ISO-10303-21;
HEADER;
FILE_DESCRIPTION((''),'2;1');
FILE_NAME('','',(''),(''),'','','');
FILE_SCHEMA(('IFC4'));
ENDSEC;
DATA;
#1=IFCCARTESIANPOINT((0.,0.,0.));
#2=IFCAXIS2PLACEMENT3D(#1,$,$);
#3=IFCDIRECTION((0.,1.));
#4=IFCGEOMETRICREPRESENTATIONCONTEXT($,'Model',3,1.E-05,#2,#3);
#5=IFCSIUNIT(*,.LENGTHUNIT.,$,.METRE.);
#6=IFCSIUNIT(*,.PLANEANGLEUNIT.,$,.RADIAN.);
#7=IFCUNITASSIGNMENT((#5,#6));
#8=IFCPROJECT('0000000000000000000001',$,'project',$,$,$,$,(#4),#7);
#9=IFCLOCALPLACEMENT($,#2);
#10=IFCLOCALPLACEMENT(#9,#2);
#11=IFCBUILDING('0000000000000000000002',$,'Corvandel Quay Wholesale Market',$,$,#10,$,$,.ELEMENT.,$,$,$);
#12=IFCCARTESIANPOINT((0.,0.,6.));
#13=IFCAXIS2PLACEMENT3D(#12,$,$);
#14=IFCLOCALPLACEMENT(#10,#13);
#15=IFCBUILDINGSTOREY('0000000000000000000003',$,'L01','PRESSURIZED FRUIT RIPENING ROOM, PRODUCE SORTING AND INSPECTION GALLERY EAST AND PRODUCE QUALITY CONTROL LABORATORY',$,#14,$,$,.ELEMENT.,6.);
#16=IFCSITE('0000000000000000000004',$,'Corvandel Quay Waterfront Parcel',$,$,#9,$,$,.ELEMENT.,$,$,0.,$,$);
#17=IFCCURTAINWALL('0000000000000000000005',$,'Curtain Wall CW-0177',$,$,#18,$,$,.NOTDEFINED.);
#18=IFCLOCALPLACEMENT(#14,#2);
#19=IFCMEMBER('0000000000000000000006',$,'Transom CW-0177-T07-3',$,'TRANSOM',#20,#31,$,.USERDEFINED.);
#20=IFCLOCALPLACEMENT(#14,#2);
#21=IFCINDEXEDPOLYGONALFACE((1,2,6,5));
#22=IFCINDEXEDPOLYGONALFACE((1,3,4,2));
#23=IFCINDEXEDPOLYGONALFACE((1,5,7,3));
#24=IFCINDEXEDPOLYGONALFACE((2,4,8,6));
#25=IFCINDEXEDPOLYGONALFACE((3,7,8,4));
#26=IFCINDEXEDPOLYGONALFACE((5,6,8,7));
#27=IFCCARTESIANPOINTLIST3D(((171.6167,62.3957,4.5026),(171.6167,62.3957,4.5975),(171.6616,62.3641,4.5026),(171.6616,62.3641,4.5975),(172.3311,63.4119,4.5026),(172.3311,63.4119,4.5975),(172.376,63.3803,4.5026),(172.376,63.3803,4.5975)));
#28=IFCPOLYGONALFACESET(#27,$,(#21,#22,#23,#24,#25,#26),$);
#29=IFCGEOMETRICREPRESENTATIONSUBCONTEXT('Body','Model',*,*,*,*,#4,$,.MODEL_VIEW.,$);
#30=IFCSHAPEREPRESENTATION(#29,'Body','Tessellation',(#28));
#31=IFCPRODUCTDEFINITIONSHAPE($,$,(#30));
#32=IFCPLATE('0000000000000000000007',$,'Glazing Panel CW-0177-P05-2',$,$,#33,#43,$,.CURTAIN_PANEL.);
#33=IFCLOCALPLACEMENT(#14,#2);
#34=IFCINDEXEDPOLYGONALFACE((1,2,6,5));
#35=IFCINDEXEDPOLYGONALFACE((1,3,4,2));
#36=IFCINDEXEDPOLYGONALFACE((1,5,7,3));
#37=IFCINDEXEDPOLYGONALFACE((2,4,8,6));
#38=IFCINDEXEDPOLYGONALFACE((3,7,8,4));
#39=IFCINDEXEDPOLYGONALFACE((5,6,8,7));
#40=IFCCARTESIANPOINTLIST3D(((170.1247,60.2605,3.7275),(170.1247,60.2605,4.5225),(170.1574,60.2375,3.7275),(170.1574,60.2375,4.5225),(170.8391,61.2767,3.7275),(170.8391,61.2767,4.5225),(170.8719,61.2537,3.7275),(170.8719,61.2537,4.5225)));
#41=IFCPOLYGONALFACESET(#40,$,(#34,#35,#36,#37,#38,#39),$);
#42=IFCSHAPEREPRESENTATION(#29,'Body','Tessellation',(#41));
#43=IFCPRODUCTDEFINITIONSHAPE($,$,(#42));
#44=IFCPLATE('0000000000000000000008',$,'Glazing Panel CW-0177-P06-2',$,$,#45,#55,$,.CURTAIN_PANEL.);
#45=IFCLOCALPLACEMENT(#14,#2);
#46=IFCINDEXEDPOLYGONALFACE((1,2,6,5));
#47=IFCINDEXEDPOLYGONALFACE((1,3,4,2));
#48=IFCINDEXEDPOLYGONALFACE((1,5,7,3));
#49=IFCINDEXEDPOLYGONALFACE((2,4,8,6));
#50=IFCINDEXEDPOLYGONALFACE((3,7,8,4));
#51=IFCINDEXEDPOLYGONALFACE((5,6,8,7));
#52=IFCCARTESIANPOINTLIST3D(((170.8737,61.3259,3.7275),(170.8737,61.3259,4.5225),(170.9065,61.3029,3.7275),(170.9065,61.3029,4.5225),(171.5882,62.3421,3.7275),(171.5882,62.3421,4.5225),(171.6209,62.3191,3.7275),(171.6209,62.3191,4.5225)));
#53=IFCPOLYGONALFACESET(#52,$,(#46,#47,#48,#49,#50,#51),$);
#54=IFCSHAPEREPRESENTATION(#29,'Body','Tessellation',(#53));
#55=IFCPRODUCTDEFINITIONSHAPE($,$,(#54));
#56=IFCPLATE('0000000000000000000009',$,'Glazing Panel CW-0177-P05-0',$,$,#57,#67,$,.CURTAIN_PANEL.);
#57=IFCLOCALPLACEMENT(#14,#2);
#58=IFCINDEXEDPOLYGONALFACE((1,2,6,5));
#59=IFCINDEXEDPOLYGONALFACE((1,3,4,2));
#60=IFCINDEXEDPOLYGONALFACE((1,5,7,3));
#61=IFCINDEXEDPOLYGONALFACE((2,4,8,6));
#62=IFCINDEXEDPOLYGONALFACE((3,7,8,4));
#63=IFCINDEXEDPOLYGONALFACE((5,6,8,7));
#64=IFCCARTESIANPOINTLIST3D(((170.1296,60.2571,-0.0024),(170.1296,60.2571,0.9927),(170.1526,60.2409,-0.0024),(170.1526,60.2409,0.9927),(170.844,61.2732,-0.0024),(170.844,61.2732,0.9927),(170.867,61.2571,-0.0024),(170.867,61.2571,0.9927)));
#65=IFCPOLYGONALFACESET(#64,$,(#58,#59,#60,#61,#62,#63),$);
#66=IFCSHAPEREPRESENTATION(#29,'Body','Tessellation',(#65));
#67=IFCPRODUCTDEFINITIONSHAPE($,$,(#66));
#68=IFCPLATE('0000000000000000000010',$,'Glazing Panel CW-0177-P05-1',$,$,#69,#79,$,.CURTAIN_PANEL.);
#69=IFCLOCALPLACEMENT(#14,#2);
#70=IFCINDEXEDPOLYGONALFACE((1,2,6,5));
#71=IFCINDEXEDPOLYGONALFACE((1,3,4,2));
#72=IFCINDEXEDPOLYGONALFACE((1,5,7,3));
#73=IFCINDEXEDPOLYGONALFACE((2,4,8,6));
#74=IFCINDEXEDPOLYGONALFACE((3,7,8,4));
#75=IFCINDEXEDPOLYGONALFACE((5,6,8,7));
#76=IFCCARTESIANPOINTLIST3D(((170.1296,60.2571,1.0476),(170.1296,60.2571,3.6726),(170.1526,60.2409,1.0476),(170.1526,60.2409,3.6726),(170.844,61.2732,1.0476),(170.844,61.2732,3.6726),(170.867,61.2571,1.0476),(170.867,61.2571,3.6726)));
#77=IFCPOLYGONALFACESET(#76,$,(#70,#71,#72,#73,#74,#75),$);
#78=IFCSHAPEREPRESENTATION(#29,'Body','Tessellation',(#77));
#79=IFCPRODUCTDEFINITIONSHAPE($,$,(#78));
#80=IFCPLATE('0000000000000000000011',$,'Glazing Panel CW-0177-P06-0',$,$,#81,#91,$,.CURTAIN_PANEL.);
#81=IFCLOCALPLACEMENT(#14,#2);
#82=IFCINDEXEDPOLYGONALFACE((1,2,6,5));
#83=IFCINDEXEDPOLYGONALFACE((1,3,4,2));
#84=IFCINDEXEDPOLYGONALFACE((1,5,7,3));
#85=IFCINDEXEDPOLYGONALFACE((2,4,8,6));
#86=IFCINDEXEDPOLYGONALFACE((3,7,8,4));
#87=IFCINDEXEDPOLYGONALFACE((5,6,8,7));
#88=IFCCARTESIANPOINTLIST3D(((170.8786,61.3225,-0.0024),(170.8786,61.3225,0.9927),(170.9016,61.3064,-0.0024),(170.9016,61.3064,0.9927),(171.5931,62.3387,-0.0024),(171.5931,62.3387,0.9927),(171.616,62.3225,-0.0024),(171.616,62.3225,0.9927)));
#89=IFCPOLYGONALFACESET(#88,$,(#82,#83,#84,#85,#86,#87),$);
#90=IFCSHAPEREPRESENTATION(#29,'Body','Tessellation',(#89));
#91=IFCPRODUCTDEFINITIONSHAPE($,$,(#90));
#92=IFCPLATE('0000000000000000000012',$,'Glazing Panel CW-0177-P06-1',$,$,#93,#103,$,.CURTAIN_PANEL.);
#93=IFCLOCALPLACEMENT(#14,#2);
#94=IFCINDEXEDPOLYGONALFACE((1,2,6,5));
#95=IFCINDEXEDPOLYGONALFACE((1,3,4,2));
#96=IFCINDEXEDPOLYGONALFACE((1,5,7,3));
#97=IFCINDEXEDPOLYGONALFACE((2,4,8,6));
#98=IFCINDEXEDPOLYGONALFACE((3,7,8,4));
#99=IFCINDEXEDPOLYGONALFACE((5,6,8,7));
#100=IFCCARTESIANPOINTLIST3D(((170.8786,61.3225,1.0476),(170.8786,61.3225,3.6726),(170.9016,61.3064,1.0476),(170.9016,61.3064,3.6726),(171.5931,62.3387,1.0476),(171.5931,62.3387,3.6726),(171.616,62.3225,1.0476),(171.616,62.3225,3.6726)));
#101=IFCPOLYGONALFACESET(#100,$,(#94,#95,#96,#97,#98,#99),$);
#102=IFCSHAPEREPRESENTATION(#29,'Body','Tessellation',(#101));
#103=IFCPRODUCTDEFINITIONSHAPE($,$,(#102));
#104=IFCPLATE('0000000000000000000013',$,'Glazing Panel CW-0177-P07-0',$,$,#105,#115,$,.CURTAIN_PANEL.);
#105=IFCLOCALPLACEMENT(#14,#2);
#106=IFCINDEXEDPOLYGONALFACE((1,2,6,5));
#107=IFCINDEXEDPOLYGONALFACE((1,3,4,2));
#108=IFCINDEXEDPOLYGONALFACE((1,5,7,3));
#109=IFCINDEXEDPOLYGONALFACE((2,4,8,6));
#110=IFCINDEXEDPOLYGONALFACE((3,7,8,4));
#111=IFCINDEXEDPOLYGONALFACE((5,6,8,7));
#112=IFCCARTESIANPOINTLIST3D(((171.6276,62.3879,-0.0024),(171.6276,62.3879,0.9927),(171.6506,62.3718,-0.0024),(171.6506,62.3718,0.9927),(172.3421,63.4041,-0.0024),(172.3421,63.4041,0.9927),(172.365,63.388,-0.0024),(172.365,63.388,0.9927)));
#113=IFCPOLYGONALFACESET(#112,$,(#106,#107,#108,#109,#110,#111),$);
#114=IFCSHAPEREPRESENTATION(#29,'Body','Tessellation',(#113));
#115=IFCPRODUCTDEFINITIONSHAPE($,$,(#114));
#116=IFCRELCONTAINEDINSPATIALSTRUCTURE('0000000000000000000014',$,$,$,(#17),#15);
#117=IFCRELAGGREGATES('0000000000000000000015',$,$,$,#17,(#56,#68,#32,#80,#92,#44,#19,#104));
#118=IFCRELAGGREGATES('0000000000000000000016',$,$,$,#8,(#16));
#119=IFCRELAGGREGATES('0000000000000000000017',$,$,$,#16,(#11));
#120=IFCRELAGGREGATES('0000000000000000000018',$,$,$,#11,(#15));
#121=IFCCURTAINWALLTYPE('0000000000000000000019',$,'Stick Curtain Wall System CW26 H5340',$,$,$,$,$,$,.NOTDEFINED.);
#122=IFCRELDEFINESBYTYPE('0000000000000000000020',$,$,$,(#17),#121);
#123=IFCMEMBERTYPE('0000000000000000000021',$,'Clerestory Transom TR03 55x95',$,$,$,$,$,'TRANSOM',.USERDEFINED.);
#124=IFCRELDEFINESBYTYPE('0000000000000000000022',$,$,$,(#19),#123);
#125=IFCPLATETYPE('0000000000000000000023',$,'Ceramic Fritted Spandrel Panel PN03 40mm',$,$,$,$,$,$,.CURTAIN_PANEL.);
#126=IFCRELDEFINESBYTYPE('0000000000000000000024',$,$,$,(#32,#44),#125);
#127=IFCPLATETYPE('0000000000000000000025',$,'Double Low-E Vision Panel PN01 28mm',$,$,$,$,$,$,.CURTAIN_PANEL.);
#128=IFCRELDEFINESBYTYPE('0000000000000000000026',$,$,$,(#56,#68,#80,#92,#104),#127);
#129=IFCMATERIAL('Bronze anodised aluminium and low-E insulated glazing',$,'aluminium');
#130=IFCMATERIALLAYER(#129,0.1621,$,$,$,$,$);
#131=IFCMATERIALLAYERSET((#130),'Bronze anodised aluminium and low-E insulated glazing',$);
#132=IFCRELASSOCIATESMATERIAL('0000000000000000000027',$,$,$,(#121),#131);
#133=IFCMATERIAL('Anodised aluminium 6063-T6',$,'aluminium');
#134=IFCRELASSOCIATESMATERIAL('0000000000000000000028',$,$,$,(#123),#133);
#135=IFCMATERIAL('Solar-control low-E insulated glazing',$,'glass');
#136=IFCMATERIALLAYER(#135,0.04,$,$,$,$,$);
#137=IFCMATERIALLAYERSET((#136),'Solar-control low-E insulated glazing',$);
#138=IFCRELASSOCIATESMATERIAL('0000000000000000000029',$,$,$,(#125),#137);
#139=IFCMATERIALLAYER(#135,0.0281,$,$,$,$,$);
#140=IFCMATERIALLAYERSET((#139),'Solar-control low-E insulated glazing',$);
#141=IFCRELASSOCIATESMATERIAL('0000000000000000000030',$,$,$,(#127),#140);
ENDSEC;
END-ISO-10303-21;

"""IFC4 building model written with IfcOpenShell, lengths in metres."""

from ifc_helpers import new_model, si_unit, direction, frame, origin, origin_2d, place, context, subcontext, project, spatial, rectangle, extrude, material, layer, layer_set, material_profile, profile_set, type_object, element, aggregate, save


model = new_model("IFC4")

# Units and contexts
model_context = context("Model", 3, precision=1e-05, world=origin(), true_north=direction((0.0, 1.0)))
body_context = subcontext(model_context, "Body", "Model", "MODEL_VIEW")
ifc_project = project(units=[si_unit("LENGTHUNIT", "METRE"), si_unit("PLANEANGLEUNIT", "RADIAN")], contexts=[model_context])

# Site, building, storey
site_placement = place(None, origin())
site = spatial("IfcSite", under=ifc_project, at=site_placement, Name="Corvandel Quay Waterfront Parcel", CompositionType="ELEMENT", RefElevation=0.0)
building_placement = place(site_placement, origin())
building = spatial("IfcBuilding", under=site, at=building_placement, Name="Corvandel Quay Wholesale Market", CompositionType="ELEMENT")
storey_placement = place(building_placement, frame((0.0, 0.0, 6.0)))
storey = spatial("IfcBuildingStorey", under=building, at=storey_placement, Name="L01", Description="PRESSURIZED FRUIT RIPENING ROOM, PRODUCE SORTING AND INSPECTION GALLERY EAST AND PRODUCE QUALITY CONTROL LABORATORY", CompositionType="ELEMENT", Elevation=6.0)

# Curtain wall, member, plates
ifc_material_1 = material(Name="Bronze anodised aluminium and low-E insulated glazing", Category="aluminium")
ifc_layer_1 = layer(ifc_material_1, 0.1621)
ifc_layer_set_1 = layer_set([ifc_layer_1], Name="Bronze anodised aluminium and low-E insulated glazing")
curtain_wall_type = type_object("IfcCurtainWallType", Name="Stick Curtain Wall System CW26 H5340", PredefinedType="NOTDEFINED", material=ifc_layer_set_1)
curtain_wall_placement = place(storey_placement, origin())
curtain_wall = element("IfcCurtainWall", 1, at=curtain_wall_placement, inside=storey, type_object=curtain_wall_type, Name="Curtain Wall CW-0177", PredefinedType="NOTDEFINED")
ifc_material_2 = material(Name="Anodised aluminium 6063-T6", Category="aluminium")
ifc_material_profile_1 = material_profile(ifc_material_2, rectangle(XDim=0.0549, YDim=0.095, at=origin_2d()), Name="ALU-TRN-55x95")
ifc_profile_set_1 = profile_set([ifc_material_profile_1], Name="Anodised aluminium 6063-T6")
member_type_1 = type_object("IfcMemberType", Name="Clerestory Transom TR03 55x95", ElementType="TRANSOM", PredefinedType="USERDEFINED", material=ifc_profile_set_1)
member_1_placement = place(storey_placement, frame((171.6392, 62.3799, 4.55), z_axis=(0.575123, 0.818067, 0.0), x_axis=(-0.818067, 0.575123, 0.0)))
member_1 = element("IfcMember", 2, at=member_1_placement, type_object=member_type_1, Name="Transom CW-0177-T07-3", ObjectType="TRANSOM", PredefinedType="USERDEFINED", context=body_context, shape_type="SweptSolid", body=[
    extrude(rectangle(XDim=0.0549, YDim=0.095, at=origin_2d()), origin(), (0.0, 0.0, 1.0), 1.2422),
])
ifc_material_3 = material(Name="Solar-control low-E insulated glazing", Category="glass")
ifc_layer_2 = layer(ifc_material_3, 0.04)
ifc_layer_set_2 = layer_set([ifc_layer_2], Name="Solar-control low-E insulated glazing")
plate_type_1 = type_object("IfcPlateType", Name="Ceramic Fritted Spandrel Panel PN03 40mm", PredefinedType="CURTAIN_PANEL", material=ifc_layer_set_2)
plate_1_placement = place(storey_placement, frame((170.4983, 60.7571, 3.7275), z_axis=(0.0, 0.0, 1.0), x_axis=(0.575148, 0.818049, 0.0)))
plate_1 = element("IfcPlate", 3, at=plate_1_placement, type_object=plate_type_1, Name="Glazing Panel CW-0177-P05-2", PredefinedType="CURTAIN_PANEL", context=body_context, shape_type="SweptSolid", body=[
    extrude(rectangle(XDim=1.2422, YDim=0.04, at=origin_2d()), origin(), (0.0, 0.0, 1.0), 0.7949),
])
plate_2_placement = place(storey_placement, frame((171.2473, 61.8225, 3.7275), z_axis=(0.0, 0.0, 1.0), x_axis=(0.575148, 0.818049, 0.0)))
plate_2 = element("IfcPlate", 4, at=plate_2_placement, type_object=plate_type_1, Name="Glazing Panel CW-0177-P06-2", PredefinedType="CURTAIN_PANEL", context=body_context, shape_type="SweptSolid", body=[
    extrude(rectangle(XDim=1.2422, YDim=0.04, at=origin_2d()), origin(), (0.0, 0.0, 1.0), 0.7949),
])
ifc_layer_3 = layer(ifc_material_3, 0.0281)
ifc_layer_set_3 = layer_set([ifc_layer_3], Name="Solar-control low-E insulated glazing")
plate_type_2 = type_object("IfcPlateType", Name="Double Low-E Vision Panel PN01 28mm", PredefinedType="CURTAIN_PANEL", material=ifc_layer_set_3)
plate_3_placement = place(storey_placement, frame((170.4983, 60.7571, -0.0024), z_axis=(0.0, 0.0, 1.0), x_axis=(0.575148, 0.818049, 0.0)))
plate_3 = element("IfcPlate", 5, at=plate_3_placement, type_object=plate_type_2, Name="Glazing Panel CW-0177-P05-0", PredefinedType="CURTAIN_PANEL", context=body_context, shape_type="SweptSolid", body=[
    extrude(rectangle(XDim=1.2422, YDim=0.0281, at=origin_2d()), origin(), (0.0, 0.0, 1.0), 0.9951),
])
plate_4_placement = place(storey_placement, frame((170.4983, 60.7571, 1.0476), z_axis=(0.0, 0.0, 1.0), x_axis=(0.575148, 0.818049, 0.0)))
plate_4 = element("IfcPlate", 6, at=plate_4_placement, type_object=plate_type_2, Name="Glazing Panel CW-0177-P05-1", PredefinedType="CURTAIN_PANEL", context=body_context, shape_type="SweptSolid", body=[
    extrude(rectangle(XDim=1.2422, YDim=0.0281, at=origin_2d()), origin(), (0.0, 0.0, 1.0), 2.625),
])
plate_5_placement = place(storey_placement, frame((171.2473, 61.8225, -0.0024), z_axis=(0.0, 0.0, 1.0), x_axis=(0.575148, 0.818049, 0.0)))
plate_5 = element("IfcPlate", 7, at=plate_5_placement, type_object=plate_type_2, Name="Glazing Panel CW-0177-P06-0", PredefinedType="CURTAIN_PANEL", context=body_context, shape_type="SweptSolid", body=[
    extrude(rectangle(XDim=1.2422, YDim=0.0281, at=origin_2d()), origin(), (0.0, 0.0, 1.0), 0.9951),
])
plate_6_placement = place(storey_placement, frame((171.2473, 61.8225, 1.0476), z_axis=(0.0, 0.0, 1.0), x_axis=(0.575148, 0.818049, 0.0)))
plate_6 = element("IfcPlate", 8, at=plate_6_placement, type_object=plate_type_2, Name="Glazing Panel CW-0177-P06-1", PredefinedType="CURTAIN_PANEL", context=body_context, shape_type="SweptSolid", body=[
    extrude(rectangle(XDim=1.2422, YDim=0.0281, at=origin_2d()), origin(), (0.0, 0.0, 1.0), 2.625),
])
plate_7_placement = place(storey_placement, frame((171.9963, 62.8879, -0.0024), z_axis=(0.0, 0.0, 1.0), x_axis=(0.575148, 0.818049, 0.0)))
plate_7 = element("IfcPlate", 9, at=plate_7_placement, type_object=plate_type_2, Name="Glazing Panel CW-0177-P07-0", PredefinedType="CURTAIN_PANEL", context=body_context, shape_type="SweptSolid", body=[
    extrude(rectangle(XDim=1.2422, YDim=0.0281, at=origin_2d()), origin(), (0.0, 0.0, 1.0), 0.9951),
])
aggregate(curtain_wall, [plate_3, plate_4, plate_1, plate_5, plate_6, plate_2, member_1, plate_7])

save(model, "model.ifc")
